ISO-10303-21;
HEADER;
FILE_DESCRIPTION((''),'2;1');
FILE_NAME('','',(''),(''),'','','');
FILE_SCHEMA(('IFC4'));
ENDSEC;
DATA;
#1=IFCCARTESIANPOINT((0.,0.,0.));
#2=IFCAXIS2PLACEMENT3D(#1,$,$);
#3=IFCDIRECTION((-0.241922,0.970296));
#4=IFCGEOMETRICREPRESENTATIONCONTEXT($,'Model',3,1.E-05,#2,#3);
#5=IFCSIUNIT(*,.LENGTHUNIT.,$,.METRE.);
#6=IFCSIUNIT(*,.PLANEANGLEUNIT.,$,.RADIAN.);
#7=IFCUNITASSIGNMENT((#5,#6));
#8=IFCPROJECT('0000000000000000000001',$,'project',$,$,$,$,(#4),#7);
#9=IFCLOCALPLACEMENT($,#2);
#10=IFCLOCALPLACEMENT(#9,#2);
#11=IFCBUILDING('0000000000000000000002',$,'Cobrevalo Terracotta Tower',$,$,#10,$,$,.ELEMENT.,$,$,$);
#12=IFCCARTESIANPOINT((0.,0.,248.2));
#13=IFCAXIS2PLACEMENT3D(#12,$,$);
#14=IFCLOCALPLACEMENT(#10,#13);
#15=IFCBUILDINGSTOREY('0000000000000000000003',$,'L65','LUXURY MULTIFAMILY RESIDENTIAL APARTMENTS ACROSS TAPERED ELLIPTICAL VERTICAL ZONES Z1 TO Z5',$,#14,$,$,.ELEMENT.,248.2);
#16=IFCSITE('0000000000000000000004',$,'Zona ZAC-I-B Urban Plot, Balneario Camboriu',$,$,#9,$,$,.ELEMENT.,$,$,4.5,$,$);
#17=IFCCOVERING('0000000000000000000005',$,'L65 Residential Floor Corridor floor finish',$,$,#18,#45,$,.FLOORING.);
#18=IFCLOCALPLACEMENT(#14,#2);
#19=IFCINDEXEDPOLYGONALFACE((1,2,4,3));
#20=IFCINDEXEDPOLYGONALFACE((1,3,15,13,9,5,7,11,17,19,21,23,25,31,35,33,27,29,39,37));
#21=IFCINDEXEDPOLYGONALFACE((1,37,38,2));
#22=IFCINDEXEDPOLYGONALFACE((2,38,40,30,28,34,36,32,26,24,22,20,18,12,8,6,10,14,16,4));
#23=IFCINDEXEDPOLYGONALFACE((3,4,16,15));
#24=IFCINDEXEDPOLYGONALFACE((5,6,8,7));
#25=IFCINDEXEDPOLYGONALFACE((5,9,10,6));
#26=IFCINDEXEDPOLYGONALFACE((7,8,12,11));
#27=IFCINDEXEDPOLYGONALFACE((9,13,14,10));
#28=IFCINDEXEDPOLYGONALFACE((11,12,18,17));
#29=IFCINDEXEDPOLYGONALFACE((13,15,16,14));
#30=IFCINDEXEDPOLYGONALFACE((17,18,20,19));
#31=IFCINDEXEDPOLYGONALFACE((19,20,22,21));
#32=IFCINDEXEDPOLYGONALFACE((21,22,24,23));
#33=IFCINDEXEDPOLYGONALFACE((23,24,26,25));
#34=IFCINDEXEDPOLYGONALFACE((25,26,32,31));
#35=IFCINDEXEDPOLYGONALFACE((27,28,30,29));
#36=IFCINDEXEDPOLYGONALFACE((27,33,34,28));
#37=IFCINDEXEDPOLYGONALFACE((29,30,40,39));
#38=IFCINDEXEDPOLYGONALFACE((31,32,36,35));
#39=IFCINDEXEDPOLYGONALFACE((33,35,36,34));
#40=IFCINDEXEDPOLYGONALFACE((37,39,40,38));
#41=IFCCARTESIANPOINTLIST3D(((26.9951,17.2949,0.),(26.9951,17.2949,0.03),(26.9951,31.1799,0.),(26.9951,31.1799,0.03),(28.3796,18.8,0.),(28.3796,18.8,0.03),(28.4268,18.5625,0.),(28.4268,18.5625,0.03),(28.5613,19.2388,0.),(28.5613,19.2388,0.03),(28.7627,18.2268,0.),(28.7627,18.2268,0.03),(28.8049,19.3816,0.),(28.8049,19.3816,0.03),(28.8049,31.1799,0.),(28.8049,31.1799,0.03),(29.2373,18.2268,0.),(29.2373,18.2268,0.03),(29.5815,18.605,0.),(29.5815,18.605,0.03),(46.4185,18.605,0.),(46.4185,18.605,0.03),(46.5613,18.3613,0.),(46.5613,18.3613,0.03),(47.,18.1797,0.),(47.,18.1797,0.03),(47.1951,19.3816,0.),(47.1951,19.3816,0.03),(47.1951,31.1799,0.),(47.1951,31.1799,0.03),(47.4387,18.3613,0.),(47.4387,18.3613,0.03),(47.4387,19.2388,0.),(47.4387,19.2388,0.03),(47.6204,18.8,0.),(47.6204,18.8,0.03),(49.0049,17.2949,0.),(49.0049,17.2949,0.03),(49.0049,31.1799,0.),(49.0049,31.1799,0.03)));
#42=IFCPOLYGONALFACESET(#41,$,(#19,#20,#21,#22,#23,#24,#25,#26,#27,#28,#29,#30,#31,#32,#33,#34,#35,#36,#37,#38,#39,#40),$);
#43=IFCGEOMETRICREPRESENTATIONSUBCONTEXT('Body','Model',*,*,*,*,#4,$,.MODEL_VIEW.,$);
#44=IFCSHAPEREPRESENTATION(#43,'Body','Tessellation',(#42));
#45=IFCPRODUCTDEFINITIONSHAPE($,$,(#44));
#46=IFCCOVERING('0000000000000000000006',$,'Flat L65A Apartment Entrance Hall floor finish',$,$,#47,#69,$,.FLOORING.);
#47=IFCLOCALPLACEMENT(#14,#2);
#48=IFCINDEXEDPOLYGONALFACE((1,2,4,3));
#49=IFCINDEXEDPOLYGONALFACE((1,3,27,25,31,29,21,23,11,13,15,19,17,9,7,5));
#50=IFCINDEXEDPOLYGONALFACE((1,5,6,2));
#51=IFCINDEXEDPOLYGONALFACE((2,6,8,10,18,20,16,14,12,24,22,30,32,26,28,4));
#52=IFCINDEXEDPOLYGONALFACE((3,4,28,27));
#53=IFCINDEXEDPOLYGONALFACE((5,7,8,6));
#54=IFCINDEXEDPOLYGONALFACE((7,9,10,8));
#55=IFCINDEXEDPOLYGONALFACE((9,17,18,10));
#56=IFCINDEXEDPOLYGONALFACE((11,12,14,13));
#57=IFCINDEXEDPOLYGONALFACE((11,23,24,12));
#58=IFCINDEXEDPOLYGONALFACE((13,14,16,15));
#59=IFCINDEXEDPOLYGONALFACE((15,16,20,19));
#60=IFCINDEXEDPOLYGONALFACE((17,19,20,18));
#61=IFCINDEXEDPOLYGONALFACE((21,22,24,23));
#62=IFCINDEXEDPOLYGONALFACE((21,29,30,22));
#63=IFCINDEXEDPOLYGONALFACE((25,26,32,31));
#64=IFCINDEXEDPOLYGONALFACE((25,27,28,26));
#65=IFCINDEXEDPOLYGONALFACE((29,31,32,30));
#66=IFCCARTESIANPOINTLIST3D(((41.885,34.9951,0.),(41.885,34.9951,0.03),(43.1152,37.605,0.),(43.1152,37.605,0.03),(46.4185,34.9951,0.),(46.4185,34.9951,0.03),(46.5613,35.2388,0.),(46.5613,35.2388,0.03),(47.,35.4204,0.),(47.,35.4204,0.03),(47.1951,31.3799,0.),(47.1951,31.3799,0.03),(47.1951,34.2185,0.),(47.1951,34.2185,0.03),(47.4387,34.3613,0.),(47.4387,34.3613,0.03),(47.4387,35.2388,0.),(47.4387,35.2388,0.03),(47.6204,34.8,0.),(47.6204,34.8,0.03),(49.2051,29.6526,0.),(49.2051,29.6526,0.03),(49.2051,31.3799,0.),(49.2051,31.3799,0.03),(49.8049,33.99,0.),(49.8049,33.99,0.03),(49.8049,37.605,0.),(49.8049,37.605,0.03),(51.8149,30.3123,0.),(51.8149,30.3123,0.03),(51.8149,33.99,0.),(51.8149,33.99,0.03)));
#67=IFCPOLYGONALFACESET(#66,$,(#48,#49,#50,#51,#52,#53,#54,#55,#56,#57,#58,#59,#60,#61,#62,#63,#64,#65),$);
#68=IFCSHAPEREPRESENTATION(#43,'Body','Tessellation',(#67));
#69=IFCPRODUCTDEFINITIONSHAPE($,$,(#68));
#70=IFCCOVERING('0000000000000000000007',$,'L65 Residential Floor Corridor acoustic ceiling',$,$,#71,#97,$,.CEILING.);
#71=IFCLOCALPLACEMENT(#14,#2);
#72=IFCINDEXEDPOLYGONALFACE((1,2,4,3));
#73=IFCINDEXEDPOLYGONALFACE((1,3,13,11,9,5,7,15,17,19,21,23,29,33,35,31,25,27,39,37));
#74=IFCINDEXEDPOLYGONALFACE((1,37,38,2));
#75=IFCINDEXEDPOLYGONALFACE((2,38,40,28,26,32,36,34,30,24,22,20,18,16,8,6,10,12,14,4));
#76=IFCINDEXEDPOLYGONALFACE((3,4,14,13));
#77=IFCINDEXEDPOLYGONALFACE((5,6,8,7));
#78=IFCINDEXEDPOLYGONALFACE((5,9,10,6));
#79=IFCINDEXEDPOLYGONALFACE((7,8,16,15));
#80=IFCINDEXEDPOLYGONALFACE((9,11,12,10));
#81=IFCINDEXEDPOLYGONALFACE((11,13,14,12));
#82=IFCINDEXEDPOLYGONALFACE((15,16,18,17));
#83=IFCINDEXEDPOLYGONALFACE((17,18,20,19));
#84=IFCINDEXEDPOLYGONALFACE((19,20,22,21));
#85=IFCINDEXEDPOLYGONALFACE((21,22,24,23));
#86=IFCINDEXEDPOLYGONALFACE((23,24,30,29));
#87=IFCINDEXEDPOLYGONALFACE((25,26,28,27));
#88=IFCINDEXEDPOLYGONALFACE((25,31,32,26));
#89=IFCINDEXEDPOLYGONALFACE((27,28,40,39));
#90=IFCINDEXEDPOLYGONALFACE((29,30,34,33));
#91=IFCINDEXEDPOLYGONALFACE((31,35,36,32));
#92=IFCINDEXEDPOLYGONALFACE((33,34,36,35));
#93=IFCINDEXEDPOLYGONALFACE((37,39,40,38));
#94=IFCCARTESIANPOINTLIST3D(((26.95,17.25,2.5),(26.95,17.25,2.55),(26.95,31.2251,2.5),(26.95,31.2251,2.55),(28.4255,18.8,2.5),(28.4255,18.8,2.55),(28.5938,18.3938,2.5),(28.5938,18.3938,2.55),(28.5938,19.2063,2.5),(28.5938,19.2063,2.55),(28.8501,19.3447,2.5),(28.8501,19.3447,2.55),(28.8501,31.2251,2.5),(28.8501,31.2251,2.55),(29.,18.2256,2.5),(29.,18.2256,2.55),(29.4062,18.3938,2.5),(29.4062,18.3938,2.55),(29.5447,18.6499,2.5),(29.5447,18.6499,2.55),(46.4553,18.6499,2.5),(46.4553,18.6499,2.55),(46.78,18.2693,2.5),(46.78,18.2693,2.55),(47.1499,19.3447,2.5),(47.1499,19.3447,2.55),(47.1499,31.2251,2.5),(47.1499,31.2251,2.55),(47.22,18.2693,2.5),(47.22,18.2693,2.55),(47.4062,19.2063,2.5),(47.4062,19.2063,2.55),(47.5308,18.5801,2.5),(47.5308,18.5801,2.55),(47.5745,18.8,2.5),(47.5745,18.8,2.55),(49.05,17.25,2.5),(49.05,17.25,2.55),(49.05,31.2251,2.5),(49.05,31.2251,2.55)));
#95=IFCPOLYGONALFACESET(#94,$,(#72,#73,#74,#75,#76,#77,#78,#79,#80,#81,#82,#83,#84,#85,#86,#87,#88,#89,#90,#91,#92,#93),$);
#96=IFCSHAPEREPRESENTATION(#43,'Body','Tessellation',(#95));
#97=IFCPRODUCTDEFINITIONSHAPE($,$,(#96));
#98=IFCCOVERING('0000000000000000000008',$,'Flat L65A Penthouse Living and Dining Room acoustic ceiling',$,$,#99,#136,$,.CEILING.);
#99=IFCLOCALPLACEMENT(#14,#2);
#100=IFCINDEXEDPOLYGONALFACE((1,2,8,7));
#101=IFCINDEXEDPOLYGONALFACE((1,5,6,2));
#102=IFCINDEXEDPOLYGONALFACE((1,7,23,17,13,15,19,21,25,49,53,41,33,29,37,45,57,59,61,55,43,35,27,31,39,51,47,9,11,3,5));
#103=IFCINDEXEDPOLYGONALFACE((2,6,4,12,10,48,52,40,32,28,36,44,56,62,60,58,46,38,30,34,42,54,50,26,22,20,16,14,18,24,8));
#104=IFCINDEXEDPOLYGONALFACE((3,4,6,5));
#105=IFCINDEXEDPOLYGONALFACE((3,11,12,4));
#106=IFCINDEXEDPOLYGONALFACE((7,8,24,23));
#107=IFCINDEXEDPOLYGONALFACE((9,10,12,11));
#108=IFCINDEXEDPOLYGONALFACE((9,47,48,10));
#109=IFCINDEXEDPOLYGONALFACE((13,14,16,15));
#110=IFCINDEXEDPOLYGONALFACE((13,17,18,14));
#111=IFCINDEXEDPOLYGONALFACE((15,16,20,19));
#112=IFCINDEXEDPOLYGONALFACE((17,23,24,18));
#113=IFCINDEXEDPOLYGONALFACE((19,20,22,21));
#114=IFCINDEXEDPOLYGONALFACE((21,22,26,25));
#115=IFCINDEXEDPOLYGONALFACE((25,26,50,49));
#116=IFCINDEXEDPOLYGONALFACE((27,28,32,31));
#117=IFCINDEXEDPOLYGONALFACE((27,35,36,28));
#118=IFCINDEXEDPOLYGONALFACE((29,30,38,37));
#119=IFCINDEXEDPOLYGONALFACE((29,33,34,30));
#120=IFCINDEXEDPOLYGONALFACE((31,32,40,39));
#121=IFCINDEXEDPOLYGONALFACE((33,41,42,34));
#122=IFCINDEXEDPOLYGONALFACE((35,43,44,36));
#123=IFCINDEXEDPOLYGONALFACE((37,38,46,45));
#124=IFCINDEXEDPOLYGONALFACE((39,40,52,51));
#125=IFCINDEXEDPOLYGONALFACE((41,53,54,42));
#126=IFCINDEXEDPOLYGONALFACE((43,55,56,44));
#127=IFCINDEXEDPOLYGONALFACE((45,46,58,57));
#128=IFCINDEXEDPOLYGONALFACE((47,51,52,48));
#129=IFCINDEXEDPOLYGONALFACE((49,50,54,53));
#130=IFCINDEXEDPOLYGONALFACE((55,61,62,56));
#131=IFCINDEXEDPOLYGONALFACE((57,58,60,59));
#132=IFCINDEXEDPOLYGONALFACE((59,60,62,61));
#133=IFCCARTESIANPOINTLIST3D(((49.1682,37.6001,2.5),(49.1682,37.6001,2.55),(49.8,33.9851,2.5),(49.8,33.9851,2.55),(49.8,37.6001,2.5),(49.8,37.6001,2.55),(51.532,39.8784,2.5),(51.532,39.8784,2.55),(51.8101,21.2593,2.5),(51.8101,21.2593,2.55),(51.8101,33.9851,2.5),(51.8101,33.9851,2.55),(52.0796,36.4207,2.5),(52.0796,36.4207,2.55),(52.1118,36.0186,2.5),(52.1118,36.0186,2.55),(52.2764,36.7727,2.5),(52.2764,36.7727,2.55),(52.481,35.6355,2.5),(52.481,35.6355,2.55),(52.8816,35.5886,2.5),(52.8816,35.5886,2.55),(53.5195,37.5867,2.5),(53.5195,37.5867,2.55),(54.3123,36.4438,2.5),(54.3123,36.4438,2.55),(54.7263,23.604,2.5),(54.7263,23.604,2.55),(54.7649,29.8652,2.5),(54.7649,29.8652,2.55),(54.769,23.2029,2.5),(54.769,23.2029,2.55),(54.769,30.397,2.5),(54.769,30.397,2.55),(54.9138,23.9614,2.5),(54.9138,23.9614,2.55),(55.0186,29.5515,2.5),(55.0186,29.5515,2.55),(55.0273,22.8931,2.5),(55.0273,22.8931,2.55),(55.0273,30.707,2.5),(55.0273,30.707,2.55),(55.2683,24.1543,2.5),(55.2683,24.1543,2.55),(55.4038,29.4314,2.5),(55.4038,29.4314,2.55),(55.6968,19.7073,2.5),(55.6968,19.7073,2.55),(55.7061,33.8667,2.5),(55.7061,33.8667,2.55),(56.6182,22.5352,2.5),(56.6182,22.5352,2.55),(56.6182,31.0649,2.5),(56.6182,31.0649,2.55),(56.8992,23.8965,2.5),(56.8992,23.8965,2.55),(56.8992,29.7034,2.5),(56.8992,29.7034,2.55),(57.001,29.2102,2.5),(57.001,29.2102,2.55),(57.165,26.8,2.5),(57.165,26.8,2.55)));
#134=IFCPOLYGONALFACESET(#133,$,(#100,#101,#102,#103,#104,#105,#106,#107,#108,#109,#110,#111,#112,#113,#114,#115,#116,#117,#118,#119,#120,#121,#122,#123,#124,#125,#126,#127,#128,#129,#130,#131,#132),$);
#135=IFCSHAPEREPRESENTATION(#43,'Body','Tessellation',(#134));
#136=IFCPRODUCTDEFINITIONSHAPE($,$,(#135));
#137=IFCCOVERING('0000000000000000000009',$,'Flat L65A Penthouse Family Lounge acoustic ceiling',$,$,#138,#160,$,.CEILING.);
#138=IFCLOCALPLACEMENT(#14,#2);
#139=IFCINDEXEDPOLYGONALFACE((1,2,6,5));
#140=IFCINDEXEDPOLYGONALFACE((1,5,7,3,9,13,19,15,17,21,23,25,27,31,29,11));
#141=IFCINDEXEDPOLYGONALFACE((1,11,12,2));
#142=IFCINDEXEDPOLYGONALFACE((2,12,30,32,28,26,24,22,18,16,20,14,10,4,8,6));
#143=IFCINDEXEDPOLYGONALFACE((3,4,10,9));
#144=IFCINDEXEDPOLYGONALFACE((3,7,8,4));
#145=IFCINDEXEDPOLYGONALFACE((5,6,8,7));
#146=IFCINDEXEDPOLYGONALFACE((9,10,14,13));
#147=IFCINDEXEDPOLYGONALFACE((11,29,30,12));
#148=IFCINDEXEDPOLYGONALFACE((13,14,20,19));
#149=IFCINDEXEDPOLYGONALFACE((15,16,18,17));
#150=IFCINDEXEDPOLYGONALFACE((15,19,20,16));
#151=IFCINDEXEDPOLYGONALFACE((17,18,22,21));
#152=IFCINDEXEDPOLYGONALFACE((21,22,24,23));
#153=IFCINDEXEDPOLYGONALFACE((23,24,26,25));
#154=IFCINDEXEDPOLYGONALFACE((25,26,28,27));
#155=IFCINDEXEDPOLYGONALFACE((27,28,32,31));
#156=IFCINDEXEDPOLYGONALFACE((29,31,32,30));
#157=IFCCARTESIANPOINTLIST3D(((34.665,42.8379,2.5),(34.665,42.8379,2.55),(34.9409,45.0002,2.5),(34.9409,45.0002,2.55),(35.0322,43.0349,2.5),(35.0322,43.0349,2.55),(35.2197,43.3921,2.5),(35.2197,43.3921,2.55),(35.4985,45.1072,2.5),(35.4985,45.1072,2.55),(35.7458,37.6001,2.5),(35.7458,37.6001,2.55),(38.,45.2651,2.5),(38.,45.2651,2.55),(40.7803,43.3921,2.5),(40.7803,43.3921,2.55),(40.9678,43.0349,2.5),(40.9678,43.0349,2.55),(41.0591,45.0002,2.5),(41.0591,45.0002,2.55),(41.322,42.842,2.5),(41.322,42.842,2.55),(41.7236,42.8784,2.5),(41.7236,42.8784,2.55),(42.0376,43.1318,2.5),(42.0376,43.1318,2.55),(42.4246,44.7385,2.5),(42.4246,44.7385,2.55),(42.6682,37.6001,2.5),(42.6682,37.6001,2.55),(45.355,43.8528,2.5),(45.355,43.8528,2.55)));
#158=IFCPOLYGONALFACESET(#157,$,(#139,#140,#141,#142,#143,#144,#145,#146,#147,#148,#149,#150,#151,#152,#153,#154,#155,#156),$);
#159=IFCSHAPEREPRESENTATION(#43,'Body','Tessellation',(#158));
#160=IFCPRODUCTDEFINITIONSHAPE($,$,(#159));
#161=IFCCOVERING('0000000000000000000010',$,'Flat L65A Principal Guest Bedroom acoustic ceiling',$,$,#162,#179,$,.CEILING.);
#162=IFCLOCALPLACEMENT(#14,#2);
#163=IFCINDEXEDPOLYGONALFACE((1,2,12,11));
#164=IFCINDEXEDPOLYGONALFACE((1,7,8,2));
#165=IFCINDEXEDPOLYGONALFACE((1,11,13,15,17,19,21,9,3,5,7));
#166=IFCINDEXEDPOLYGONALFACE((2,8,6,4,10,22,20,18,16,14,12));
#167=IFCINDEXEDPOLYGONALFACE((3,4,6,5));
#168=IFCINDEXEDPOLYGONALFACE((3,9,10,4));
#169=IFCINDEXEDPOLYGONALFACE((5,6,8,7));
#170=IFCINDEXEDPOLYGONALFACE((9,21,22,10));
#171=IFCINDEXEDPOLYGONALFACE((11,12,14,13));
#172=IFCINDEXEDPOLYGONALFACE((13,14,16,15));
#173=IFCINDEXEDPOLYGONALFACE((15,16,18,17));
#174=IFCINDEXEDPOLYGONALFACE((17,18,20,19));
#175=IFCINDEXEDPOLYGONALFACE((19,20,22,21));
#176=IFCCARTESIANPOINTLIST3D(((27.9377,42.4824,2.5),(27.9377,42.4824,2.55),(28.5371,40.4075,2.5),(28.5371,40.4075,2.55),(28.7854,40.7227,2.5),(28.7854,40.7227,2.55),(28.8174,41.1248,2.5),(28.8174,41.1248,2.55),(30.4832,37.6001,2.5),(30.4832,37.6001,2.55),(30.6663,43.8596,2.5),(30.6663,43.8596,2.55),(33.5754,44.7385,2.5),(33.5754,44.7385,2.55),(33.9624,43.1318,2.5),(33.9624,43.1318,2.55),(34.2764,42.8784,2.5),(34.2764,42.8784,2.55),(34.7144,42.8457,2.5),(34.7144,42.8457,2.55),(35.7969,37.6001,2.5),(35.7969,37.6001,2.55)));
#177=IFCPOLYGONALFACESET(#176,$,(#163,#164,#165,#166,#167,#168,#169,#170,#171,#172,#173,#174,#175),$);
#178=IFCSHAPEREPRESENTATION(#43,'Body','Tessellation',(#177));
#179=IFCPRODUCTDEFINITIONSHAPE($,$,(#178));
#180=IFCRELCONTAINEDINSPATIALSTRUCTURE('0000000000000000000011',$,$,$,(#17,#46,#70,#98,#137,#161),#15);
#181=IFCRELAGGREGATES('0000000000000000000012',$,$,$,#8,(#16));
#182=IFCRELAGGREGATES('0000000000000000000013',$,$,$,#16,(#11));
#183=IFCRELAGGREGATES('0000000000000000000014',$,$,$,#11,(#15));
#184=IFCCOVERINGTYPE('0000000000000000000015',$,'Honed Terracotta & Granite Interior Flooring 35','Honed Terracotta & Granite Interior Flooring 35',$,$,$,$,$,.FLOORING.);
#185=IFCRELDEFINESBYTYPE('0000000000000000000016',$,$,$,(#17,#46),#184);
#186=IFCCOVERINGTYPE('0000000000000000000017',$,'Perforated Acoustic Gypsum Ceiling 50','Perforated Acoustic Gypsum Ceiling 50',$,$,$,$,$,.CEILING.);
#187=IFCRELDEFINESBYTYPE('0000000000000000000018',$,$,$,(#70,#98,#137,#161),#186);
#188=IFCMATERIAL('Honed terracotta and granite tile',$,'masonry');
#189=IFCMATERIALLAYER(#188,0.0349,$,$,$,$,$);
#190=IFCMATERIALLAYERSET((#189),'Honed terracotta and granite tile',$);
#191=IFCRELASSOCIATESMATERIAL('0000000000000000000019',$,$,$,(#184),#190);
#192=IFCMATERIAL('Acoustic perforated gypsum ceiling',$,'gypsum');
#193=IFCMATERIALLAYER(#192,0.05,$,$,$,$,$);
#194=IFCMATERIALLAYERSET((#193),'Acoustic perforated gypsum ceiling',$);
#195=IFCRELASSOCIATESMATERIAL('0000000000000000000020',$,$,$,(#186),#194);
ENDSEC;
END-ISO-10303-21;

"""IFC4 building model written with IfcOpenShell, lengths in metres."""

from ifc_helpers import new_model, si_unit, direction, frame, origin, place, context, subcontext, project, spatial, polyline, outline, extrude, material, layer, layer_set, type_object, element, save


model = new_model("IFC4")

# Units and contexts
model_context = context("Model", 3, precision=1e-05, world=origin(), true_north=direction((-0.241922, 0.970296)))
body_context = subcontext(model_context, "Body", "Model", "MODEL_VIEW")
ifc_project = project(units=[si_unit("LENGTHUNIT", "METRE"), si_unit("PLANEANGLEUNIT", "RADIAN")], contexts=[model_context])

# Site, building, storey
site_placement = place(None, origin())
site = spatial("IfcSite", under=ifc_project, at=site_placement, Name="Zona ZAC-I-B Urban Plot, Balneario Camboriu", CompositionType="ELEMENT", RefElevation=4.5)
building_placement = place(site_placement, origin())
building = spatial("IfcBuilding", under=site, at=building_placement, Name="Cobrevalo Terracotta Tower", CompositionType="ELEMENT")
storey_placement = place(building_placement, frame((0.0, 0.0, 248.2)))
storey = spatial("IfcBuildingStorey", under=building, at=storey_placement, Name="L65", Description="LUXURY MULTIFAMILY RESIDENTIAL APARTMENTS ACROSS TAPERED ELLIPTICAL VERTICAL ZONES Z1 TO Z5", CompositionType="ELEMENT", Elevation=248.2)

# Coverings
ifc_material_1 = material(Name="Honed terracotta and granite tile", Category="masonry")
ifc_layer_1 = layer(ifc_material_1, 0.0349)
ifc_layer_set_1 = layer_set([ifc_layer_1], Name="Honed terracotta and granite tile")
covering_type_1 = type_object("IfcCoveringType", Name="Honed Terracotta & Granite Interior Flooring 35", Description="Honed Terracotta & Granite Interior Flooring 35", PredefinedType="FLOORING", material=ifc_layer_set_1)
covering_1_placement = place(storey_placement, origin())
element("IfcCovering", 1, at=covering_1_placement, inside=storey, type_object=covering_type_1, Name="L65 Residential Floor Corridor floor finish", PredefinedType="FLOORING", context=body_context, shape_type="SweptSolid", body=[
    extrude(outline(polyline([(26.9951, 31.1799), (28.8049, 31.1799), (28.8049, 19.3816), (28.5613, 19.2388), (28.3796, 18.8), (28.4268, 18.5625), (28.7627, 18.2268), (29.2373, 18.2268), (29.5815, 18.605), (46.4185, 18.605), (46.5613, 18.3613), (47.0, 18.1797), (47.4387, 18.3613), (47.6204, 18.8), (47.4387, 19.2388), (47.1951, 19.3816), (47.1951, 31.1799), (49.0049, 31.1799), (49.0049, 17.2949), (26.9951, 17.2949), (26.9951, 31.1799)])), origin(), (0.0, 0.0, 1.0), 0.03),
])
covering_2_placement = place(storey_placement, origin())
element("IfcCovering", 2, at=covering_2_placement, inside=storey, type_object=covering_type_1, Name="Flat L65A Apartment Entrance Hall floor finish", PredefinedType="FLOORING", context=body_context, shape_type="SweptSolid", body=[
    extrude(outline(polyline([(47.1951, 31.3799), (47.1951, 34.2185), (47.4387, 34.3613), (47.6204, 34.8), (47.4387, 35.2388), (47.0, 35.4204), (46.5613, 35.2388), (46.4185, 34.9951), (41.885, 34.9951), (43.1152, 37.605), (49.8049, 37.605), (49.8049, 33.99), (51.8149, 33.99), (51.8149, 30.3123), (49.2051, 29.6526), (49.2051, 31.3799), (47.1951, 31.3799)])), origin(), (0.0, 0.0, 1.0), 0.03),
])
ifc_material_2 = material(Name="Acoustic perforated gypsum ceiling", Category="gypsum")
ifc_layer_2 = layer(ifc_material_2, 0.05)
ifc_layer_set_2 = layer_set([ifc_layer_2], Name="Acoustic perforated gypsum ceiling")
covering_type_2 = type_object("IfcCoveringType", Name="Perforated Acoustic Gypsum Ceiling 50", Description="Perforated Acoustic Gypsum Ceiling 50", PredefinedType="CEILING", material=ifc_layer_set_2)
covering_3_placement = place(storey_placement, frame((0.0, 0.0, 2.5)))
element("IfcCovering", 3, at=covering_3_placement, inside=storey, type_object=covering_type_2, Name="L65 Residential Floor Corridor acoustic ceiling", PredefinedType="CEILING", context=body_context, shape_type="SweptSolid", body=[
    extrude(outline(polyline([(26.95, 31.2251), (28.8501, 31.2251), (28.8501, 19.3447), (28.5938, 19.2063), (28.4255, 18.8), (28.5938, 18.3938), (29.0, 18.2256), (29.4062, 18.3938), (29.5447, 18.6499), (46.4553, 18.6499), (46.78, 18.2693), (47.22, 18.2693), (47.5308, 18.5801), (47.5745, 18.8), (47.4062, 19.2063), (47.1499, 19.3447), (47.1499, 31.2251), (49.05, 31.2251), (49.05, 17.25), (26.95, 17.25), (26.95, 31.2251)])), origin(), (0.0, 0.0, 1.0), 0.05),
])
covering_4_placement = place(storey_placement, frame((0.0, 0.0, 2.5)))
element("IfcCovering", 4, at=covering_4_placement, inside=storey, type_object=covering_type_2, Name="Flat L65A Penthouse Living and Dining Room acoustic ceiling", PredefinedType="CEILING", context=body_context, shape_type="SweptSolid", body=[
    extrude(outline(polyline([(51.532, 39.8784), (53.5195, 37.5867), (52.2764, 36.7727), (52.0796, 36.4207), (52.1118, 36.0186), (52.481, 35.6355), (52.8816, 35.5886), (54.3123, 36.4438), (55.7061, 33.8667), (56.6182, 31.0649), (55.0273, 30.707), (54.769, 30.397), (54.7649, 29.8652), (55.0186, 29.5515), (55.4038, 29.4314), (56.8992, 29.7034), (57.001, 29.2102), (57.165, 26.8), (56.8992, 23.8965), (55.2683, 24.1543), (54.9138, 23.9614), (54.7263, 23.604), (54.769, 23.2029), (55.0273, 22.8931), (56.6182, 22.5352), (55.6968, 19.7073), (51.8101, 21.2593), (51.8101, 33.9851), (49.8, 33.9851), (49.8, 37.6001), (49.1682, 37.6001), (51.532, 39.8784)])), origin(), (0.0, 0.0, 1.0), 0.05),
])
covering_5_placement = place(storey_placement, frame((0.0, 0.0, 2.5)))
element("IfcCovering", 5, at=covering_5_placement, inside=storey, type_object=covering_type_2, Name="Flat L65A Penthouse Family Lounge acoustic ceiling", PredefinedType="CEILING", context=body_context, shape_type="SweptSolid", body=[
    extrude(outline(polyline([(34.665, 42.8379), (35.0322, 43.0349), (35.2197, 43.3921), (34.9409, 45.0002), (35.4985, 45.1072), (38.0, 45.2651), (41.0591, 45.0002), (40.7803, 43.3921), (40.9678, 43.0349), (41.322, 42.842), (41.7236, 42.8784), (42.0376, 43.1318), (42.4246, 44.7385), (45.355, 43.8528), (42.6682, 37.6001), (35.7458, 37.6001), (34.665, 42.8379)])), origin(), (0.0, 0.0, 1.0), 0.05),
])
covering_6_placement = place(storey_placement, frame((0.0, 0.0, 2.5)))
element("IfcCovering", 6, at=covering_6_placement, inside=storey, type_object=covering_type_2, Name="Flat L65A Principal Guest Bedroom acoustic ceiling", PredefinedType="CEILING", context=body_context, shape_type="SweptSolid", body=[
    extrude(outline(polyline([(28.5371, 40.4075), (28.7854, 40.7227), (28.8174, 41.1248), (27.9377, 42.4824), (30.6663, 43.8596), (33.5754, 44.7385), (33.9624, 43.1318), (34.2764, 42.8784), (34.7144, 42.8457), (35.7969, 37.6001), (30.4832, 37.6001), (28.5371, 40.4075)])), origin(), (0.0, 0.0, 1.0), 0.05),
])

save(model, "model.ifc")
